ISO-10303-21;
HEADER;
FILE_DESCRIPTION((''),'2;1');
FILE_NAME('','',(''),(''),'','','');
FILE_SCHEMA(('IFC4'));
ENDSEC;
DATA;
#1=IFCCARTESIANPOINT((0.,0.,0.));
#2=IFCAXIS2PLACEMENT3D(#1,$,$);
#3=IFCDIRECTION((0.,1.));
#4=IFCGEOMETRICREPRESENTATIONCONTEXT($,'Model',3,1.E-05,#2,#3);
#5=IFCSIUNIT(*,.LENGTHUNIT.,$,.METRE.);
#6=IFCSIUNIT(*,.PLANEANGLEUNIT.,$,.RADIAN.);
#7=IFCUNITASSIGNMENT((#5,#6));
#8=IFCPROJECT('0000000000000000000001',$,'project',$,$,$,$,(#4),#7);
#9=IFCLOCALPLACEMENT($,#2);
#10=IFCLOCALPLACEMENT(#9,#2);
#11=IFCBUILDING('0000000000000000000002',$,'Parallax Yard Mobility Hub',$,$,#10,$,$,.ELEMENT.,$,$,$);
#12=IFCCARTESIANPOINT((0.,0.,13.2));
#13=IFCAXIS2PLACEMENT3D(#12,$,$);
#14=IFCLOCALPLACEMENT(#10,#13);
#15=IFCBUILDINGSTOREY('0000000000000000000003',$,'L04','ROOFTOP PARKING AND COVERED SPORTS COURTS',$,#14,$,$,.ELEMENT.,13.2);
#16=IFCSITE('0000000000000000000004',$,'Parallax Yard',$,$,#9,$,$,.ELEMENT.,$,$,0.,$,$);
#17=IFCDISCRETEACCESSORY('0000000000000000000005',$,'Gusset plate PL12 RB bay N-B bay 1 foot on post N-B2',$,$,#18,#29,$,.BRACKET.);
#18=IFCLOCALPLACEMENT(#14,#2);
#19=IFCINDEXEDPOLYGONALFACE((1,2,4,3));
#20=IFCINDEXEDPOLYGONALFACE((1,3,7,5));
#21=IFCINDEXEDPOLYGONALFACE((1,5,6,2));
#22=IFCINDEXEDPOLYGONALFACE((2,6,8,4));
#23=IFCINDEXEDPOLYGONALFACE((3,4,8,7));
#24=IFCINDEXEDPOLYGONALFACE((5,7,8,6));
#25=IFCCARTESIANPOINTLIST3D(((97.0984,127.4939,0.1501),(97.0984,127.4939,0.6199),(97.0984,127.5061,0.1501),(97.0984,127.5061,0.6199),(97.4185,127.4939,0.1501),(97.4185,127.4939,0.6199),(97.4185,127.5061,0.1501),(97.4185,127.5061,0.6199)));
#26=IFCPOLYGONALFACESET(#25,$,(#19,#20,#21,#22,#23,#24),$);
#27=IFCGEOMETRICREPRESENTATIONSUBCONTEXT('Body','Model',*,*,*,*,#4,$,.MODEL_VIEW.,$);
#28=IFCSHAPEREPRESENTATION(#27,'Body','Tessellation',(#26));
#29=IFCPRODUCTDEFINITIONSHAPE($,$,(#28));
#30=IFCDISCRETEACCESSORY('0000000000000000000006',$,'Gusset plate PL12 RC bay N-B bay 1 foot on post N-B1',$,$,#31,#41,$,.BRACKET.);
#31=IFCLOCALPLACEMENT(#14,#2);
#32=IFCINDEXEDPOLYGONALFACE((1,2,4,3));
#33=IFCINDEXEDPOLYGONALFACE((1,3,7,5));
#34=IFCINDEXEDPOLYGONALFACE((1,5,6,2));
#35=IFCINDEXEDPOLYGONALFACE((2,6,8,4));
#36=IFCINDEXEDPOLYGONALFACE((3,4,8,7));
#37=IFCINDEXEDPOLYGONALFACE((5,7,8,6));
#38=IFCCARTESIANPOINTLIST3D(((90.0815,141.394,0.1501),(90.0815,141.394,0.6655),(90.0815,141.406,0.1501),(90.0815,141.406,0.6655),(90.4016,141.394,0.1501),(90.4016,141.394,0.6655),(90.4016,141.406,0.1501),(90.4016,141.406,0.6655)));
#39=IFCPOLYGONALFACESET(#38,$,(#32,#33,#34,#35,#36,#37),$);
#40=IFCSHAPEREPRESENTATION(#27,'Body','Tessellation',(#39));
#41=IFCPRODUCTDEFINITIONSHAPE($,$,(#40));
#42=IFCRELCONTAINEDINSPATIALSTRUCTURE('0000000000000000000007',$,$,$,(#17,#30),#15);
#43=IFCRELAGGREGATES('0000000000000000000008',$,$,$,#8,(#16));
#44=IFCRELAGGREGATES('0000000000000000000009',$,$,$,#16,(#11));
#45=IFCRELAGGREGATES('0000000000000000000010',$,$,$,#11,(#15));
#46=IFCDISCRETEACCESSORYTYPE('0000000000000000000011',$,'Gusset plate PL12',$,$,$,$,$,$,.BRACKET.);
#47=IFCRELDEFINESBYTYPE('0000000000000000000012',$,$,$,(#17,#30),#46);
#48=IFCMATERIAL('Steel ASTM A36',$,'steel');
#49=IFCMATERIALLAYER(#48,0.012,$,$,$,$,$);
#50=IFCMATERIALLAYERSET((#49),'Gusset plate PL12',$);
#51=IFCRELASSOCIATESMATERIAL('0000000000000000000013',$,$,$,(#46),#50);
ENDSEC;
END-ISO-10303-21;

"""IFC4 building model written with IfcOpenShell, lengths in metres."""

from ifc_helpers import new_model, si_unit, direction, frame, origin, place, context, subcontext, project, spatial, polyline, outline, extrude, material, layer, layer_set, type_object, element, save


model = new_model("IFC4")

# Units and contexts
model_context = context("Model", 3, precision=1e-05, world=origin(), true_north=direction((0.0, 1.0)))
body_context = subcontext(model_context, "Body", "Model", "MODEL_VIEW")
ifc_project = project(units=[si_unit("LENGTHUNIT", "METRE"), si_unit("PLANEANGLEUNIT", "RADIAN")], contexts=[model_context])

# Site, building, storey
site_placement = place(None, origin())
site = spatial("IfcSite", under=ifc_project, at=site_placement, Name="Parallax Yard", CompositionType="ELEMENT", RefElevation=0.0)
building_placement = place(site_placement, origin())
building = spatial("IfcBuilding", under=site, at=building_placement, Name="Parallax Yard Mobility Hub", CompositionType="ELEMENT")
storey_placement = place(building_placement, frame((0.0, 0.0, 13.2)))
storey = spatial("IfcBuildingStorey", under=building, at=storey_placement, Name="L04", Description="ROOFTOP PARKING AND COVERED SPORTS COURTS", CompositionType="ELEMENT", Elevation=13.2)

# Discrete accessories
ifc_material_1 = material(Name="Steel ASTM A36", Category="steel")
ifc_layer_1 = layer(ifc_material_1, 0.012)
ifc_layer_set_1 = layer_set([ifc_layer_1], Name="Gusset plate PL12")
discrete_accessory_type = type_object("IfcDiscreteAccessoryType", Name="Gusset plate PL12", PredefinedType="BRACKET", material=ifc_layer_set_1)
discrete_accessory_1_placement = place(storey_placement, frame((0.0, 0.0, 0.1501)))
element("IfcDiscreteAccessory", 1, at=discrete_accessory_1_placement, inside=storey, type_object=discrete_accessory_type, Name="Gusset plate PL12 RB bay N-B bay 1 foot on post N-B2", PredefinedType="BRACKET", context=body_context, shape_type="SweptSolid", body=[
    extrude(outline(polyline([(97.4185, 127.5061), (97.0984, 127.5061), (97.0984, 127.4939), (97.4185, 127.4939), (97.4185, 127.5061)])), origin(), (0.0, 0.0, 1.0), 0.4697),
])
discrete_accessory_2_placement = place(storey_placement, frame((0.0, 0.0, 0.1501)))
element("IfcDiscreteAccessory", 2, at=discrete_accessory_2_placement, inside=storey, type_object=discrete_accessory_type, Name="Gusset plate PL12 RC bay N-B bay 1 foot on post N-B1", PredefinedType="BRACKET", context=body_context, shape_type="SweptSolid", body=[
    extrude(outline(polyline([(90.0815, 141.394), (90.4016, 141.394), (90.4016, 141.406), (90.0815, 141.406), (90.0815, 141.394)])), origin(), (0.0, 0.0, 1.0), 0.5154),
])

save(model, "model.ifc")
